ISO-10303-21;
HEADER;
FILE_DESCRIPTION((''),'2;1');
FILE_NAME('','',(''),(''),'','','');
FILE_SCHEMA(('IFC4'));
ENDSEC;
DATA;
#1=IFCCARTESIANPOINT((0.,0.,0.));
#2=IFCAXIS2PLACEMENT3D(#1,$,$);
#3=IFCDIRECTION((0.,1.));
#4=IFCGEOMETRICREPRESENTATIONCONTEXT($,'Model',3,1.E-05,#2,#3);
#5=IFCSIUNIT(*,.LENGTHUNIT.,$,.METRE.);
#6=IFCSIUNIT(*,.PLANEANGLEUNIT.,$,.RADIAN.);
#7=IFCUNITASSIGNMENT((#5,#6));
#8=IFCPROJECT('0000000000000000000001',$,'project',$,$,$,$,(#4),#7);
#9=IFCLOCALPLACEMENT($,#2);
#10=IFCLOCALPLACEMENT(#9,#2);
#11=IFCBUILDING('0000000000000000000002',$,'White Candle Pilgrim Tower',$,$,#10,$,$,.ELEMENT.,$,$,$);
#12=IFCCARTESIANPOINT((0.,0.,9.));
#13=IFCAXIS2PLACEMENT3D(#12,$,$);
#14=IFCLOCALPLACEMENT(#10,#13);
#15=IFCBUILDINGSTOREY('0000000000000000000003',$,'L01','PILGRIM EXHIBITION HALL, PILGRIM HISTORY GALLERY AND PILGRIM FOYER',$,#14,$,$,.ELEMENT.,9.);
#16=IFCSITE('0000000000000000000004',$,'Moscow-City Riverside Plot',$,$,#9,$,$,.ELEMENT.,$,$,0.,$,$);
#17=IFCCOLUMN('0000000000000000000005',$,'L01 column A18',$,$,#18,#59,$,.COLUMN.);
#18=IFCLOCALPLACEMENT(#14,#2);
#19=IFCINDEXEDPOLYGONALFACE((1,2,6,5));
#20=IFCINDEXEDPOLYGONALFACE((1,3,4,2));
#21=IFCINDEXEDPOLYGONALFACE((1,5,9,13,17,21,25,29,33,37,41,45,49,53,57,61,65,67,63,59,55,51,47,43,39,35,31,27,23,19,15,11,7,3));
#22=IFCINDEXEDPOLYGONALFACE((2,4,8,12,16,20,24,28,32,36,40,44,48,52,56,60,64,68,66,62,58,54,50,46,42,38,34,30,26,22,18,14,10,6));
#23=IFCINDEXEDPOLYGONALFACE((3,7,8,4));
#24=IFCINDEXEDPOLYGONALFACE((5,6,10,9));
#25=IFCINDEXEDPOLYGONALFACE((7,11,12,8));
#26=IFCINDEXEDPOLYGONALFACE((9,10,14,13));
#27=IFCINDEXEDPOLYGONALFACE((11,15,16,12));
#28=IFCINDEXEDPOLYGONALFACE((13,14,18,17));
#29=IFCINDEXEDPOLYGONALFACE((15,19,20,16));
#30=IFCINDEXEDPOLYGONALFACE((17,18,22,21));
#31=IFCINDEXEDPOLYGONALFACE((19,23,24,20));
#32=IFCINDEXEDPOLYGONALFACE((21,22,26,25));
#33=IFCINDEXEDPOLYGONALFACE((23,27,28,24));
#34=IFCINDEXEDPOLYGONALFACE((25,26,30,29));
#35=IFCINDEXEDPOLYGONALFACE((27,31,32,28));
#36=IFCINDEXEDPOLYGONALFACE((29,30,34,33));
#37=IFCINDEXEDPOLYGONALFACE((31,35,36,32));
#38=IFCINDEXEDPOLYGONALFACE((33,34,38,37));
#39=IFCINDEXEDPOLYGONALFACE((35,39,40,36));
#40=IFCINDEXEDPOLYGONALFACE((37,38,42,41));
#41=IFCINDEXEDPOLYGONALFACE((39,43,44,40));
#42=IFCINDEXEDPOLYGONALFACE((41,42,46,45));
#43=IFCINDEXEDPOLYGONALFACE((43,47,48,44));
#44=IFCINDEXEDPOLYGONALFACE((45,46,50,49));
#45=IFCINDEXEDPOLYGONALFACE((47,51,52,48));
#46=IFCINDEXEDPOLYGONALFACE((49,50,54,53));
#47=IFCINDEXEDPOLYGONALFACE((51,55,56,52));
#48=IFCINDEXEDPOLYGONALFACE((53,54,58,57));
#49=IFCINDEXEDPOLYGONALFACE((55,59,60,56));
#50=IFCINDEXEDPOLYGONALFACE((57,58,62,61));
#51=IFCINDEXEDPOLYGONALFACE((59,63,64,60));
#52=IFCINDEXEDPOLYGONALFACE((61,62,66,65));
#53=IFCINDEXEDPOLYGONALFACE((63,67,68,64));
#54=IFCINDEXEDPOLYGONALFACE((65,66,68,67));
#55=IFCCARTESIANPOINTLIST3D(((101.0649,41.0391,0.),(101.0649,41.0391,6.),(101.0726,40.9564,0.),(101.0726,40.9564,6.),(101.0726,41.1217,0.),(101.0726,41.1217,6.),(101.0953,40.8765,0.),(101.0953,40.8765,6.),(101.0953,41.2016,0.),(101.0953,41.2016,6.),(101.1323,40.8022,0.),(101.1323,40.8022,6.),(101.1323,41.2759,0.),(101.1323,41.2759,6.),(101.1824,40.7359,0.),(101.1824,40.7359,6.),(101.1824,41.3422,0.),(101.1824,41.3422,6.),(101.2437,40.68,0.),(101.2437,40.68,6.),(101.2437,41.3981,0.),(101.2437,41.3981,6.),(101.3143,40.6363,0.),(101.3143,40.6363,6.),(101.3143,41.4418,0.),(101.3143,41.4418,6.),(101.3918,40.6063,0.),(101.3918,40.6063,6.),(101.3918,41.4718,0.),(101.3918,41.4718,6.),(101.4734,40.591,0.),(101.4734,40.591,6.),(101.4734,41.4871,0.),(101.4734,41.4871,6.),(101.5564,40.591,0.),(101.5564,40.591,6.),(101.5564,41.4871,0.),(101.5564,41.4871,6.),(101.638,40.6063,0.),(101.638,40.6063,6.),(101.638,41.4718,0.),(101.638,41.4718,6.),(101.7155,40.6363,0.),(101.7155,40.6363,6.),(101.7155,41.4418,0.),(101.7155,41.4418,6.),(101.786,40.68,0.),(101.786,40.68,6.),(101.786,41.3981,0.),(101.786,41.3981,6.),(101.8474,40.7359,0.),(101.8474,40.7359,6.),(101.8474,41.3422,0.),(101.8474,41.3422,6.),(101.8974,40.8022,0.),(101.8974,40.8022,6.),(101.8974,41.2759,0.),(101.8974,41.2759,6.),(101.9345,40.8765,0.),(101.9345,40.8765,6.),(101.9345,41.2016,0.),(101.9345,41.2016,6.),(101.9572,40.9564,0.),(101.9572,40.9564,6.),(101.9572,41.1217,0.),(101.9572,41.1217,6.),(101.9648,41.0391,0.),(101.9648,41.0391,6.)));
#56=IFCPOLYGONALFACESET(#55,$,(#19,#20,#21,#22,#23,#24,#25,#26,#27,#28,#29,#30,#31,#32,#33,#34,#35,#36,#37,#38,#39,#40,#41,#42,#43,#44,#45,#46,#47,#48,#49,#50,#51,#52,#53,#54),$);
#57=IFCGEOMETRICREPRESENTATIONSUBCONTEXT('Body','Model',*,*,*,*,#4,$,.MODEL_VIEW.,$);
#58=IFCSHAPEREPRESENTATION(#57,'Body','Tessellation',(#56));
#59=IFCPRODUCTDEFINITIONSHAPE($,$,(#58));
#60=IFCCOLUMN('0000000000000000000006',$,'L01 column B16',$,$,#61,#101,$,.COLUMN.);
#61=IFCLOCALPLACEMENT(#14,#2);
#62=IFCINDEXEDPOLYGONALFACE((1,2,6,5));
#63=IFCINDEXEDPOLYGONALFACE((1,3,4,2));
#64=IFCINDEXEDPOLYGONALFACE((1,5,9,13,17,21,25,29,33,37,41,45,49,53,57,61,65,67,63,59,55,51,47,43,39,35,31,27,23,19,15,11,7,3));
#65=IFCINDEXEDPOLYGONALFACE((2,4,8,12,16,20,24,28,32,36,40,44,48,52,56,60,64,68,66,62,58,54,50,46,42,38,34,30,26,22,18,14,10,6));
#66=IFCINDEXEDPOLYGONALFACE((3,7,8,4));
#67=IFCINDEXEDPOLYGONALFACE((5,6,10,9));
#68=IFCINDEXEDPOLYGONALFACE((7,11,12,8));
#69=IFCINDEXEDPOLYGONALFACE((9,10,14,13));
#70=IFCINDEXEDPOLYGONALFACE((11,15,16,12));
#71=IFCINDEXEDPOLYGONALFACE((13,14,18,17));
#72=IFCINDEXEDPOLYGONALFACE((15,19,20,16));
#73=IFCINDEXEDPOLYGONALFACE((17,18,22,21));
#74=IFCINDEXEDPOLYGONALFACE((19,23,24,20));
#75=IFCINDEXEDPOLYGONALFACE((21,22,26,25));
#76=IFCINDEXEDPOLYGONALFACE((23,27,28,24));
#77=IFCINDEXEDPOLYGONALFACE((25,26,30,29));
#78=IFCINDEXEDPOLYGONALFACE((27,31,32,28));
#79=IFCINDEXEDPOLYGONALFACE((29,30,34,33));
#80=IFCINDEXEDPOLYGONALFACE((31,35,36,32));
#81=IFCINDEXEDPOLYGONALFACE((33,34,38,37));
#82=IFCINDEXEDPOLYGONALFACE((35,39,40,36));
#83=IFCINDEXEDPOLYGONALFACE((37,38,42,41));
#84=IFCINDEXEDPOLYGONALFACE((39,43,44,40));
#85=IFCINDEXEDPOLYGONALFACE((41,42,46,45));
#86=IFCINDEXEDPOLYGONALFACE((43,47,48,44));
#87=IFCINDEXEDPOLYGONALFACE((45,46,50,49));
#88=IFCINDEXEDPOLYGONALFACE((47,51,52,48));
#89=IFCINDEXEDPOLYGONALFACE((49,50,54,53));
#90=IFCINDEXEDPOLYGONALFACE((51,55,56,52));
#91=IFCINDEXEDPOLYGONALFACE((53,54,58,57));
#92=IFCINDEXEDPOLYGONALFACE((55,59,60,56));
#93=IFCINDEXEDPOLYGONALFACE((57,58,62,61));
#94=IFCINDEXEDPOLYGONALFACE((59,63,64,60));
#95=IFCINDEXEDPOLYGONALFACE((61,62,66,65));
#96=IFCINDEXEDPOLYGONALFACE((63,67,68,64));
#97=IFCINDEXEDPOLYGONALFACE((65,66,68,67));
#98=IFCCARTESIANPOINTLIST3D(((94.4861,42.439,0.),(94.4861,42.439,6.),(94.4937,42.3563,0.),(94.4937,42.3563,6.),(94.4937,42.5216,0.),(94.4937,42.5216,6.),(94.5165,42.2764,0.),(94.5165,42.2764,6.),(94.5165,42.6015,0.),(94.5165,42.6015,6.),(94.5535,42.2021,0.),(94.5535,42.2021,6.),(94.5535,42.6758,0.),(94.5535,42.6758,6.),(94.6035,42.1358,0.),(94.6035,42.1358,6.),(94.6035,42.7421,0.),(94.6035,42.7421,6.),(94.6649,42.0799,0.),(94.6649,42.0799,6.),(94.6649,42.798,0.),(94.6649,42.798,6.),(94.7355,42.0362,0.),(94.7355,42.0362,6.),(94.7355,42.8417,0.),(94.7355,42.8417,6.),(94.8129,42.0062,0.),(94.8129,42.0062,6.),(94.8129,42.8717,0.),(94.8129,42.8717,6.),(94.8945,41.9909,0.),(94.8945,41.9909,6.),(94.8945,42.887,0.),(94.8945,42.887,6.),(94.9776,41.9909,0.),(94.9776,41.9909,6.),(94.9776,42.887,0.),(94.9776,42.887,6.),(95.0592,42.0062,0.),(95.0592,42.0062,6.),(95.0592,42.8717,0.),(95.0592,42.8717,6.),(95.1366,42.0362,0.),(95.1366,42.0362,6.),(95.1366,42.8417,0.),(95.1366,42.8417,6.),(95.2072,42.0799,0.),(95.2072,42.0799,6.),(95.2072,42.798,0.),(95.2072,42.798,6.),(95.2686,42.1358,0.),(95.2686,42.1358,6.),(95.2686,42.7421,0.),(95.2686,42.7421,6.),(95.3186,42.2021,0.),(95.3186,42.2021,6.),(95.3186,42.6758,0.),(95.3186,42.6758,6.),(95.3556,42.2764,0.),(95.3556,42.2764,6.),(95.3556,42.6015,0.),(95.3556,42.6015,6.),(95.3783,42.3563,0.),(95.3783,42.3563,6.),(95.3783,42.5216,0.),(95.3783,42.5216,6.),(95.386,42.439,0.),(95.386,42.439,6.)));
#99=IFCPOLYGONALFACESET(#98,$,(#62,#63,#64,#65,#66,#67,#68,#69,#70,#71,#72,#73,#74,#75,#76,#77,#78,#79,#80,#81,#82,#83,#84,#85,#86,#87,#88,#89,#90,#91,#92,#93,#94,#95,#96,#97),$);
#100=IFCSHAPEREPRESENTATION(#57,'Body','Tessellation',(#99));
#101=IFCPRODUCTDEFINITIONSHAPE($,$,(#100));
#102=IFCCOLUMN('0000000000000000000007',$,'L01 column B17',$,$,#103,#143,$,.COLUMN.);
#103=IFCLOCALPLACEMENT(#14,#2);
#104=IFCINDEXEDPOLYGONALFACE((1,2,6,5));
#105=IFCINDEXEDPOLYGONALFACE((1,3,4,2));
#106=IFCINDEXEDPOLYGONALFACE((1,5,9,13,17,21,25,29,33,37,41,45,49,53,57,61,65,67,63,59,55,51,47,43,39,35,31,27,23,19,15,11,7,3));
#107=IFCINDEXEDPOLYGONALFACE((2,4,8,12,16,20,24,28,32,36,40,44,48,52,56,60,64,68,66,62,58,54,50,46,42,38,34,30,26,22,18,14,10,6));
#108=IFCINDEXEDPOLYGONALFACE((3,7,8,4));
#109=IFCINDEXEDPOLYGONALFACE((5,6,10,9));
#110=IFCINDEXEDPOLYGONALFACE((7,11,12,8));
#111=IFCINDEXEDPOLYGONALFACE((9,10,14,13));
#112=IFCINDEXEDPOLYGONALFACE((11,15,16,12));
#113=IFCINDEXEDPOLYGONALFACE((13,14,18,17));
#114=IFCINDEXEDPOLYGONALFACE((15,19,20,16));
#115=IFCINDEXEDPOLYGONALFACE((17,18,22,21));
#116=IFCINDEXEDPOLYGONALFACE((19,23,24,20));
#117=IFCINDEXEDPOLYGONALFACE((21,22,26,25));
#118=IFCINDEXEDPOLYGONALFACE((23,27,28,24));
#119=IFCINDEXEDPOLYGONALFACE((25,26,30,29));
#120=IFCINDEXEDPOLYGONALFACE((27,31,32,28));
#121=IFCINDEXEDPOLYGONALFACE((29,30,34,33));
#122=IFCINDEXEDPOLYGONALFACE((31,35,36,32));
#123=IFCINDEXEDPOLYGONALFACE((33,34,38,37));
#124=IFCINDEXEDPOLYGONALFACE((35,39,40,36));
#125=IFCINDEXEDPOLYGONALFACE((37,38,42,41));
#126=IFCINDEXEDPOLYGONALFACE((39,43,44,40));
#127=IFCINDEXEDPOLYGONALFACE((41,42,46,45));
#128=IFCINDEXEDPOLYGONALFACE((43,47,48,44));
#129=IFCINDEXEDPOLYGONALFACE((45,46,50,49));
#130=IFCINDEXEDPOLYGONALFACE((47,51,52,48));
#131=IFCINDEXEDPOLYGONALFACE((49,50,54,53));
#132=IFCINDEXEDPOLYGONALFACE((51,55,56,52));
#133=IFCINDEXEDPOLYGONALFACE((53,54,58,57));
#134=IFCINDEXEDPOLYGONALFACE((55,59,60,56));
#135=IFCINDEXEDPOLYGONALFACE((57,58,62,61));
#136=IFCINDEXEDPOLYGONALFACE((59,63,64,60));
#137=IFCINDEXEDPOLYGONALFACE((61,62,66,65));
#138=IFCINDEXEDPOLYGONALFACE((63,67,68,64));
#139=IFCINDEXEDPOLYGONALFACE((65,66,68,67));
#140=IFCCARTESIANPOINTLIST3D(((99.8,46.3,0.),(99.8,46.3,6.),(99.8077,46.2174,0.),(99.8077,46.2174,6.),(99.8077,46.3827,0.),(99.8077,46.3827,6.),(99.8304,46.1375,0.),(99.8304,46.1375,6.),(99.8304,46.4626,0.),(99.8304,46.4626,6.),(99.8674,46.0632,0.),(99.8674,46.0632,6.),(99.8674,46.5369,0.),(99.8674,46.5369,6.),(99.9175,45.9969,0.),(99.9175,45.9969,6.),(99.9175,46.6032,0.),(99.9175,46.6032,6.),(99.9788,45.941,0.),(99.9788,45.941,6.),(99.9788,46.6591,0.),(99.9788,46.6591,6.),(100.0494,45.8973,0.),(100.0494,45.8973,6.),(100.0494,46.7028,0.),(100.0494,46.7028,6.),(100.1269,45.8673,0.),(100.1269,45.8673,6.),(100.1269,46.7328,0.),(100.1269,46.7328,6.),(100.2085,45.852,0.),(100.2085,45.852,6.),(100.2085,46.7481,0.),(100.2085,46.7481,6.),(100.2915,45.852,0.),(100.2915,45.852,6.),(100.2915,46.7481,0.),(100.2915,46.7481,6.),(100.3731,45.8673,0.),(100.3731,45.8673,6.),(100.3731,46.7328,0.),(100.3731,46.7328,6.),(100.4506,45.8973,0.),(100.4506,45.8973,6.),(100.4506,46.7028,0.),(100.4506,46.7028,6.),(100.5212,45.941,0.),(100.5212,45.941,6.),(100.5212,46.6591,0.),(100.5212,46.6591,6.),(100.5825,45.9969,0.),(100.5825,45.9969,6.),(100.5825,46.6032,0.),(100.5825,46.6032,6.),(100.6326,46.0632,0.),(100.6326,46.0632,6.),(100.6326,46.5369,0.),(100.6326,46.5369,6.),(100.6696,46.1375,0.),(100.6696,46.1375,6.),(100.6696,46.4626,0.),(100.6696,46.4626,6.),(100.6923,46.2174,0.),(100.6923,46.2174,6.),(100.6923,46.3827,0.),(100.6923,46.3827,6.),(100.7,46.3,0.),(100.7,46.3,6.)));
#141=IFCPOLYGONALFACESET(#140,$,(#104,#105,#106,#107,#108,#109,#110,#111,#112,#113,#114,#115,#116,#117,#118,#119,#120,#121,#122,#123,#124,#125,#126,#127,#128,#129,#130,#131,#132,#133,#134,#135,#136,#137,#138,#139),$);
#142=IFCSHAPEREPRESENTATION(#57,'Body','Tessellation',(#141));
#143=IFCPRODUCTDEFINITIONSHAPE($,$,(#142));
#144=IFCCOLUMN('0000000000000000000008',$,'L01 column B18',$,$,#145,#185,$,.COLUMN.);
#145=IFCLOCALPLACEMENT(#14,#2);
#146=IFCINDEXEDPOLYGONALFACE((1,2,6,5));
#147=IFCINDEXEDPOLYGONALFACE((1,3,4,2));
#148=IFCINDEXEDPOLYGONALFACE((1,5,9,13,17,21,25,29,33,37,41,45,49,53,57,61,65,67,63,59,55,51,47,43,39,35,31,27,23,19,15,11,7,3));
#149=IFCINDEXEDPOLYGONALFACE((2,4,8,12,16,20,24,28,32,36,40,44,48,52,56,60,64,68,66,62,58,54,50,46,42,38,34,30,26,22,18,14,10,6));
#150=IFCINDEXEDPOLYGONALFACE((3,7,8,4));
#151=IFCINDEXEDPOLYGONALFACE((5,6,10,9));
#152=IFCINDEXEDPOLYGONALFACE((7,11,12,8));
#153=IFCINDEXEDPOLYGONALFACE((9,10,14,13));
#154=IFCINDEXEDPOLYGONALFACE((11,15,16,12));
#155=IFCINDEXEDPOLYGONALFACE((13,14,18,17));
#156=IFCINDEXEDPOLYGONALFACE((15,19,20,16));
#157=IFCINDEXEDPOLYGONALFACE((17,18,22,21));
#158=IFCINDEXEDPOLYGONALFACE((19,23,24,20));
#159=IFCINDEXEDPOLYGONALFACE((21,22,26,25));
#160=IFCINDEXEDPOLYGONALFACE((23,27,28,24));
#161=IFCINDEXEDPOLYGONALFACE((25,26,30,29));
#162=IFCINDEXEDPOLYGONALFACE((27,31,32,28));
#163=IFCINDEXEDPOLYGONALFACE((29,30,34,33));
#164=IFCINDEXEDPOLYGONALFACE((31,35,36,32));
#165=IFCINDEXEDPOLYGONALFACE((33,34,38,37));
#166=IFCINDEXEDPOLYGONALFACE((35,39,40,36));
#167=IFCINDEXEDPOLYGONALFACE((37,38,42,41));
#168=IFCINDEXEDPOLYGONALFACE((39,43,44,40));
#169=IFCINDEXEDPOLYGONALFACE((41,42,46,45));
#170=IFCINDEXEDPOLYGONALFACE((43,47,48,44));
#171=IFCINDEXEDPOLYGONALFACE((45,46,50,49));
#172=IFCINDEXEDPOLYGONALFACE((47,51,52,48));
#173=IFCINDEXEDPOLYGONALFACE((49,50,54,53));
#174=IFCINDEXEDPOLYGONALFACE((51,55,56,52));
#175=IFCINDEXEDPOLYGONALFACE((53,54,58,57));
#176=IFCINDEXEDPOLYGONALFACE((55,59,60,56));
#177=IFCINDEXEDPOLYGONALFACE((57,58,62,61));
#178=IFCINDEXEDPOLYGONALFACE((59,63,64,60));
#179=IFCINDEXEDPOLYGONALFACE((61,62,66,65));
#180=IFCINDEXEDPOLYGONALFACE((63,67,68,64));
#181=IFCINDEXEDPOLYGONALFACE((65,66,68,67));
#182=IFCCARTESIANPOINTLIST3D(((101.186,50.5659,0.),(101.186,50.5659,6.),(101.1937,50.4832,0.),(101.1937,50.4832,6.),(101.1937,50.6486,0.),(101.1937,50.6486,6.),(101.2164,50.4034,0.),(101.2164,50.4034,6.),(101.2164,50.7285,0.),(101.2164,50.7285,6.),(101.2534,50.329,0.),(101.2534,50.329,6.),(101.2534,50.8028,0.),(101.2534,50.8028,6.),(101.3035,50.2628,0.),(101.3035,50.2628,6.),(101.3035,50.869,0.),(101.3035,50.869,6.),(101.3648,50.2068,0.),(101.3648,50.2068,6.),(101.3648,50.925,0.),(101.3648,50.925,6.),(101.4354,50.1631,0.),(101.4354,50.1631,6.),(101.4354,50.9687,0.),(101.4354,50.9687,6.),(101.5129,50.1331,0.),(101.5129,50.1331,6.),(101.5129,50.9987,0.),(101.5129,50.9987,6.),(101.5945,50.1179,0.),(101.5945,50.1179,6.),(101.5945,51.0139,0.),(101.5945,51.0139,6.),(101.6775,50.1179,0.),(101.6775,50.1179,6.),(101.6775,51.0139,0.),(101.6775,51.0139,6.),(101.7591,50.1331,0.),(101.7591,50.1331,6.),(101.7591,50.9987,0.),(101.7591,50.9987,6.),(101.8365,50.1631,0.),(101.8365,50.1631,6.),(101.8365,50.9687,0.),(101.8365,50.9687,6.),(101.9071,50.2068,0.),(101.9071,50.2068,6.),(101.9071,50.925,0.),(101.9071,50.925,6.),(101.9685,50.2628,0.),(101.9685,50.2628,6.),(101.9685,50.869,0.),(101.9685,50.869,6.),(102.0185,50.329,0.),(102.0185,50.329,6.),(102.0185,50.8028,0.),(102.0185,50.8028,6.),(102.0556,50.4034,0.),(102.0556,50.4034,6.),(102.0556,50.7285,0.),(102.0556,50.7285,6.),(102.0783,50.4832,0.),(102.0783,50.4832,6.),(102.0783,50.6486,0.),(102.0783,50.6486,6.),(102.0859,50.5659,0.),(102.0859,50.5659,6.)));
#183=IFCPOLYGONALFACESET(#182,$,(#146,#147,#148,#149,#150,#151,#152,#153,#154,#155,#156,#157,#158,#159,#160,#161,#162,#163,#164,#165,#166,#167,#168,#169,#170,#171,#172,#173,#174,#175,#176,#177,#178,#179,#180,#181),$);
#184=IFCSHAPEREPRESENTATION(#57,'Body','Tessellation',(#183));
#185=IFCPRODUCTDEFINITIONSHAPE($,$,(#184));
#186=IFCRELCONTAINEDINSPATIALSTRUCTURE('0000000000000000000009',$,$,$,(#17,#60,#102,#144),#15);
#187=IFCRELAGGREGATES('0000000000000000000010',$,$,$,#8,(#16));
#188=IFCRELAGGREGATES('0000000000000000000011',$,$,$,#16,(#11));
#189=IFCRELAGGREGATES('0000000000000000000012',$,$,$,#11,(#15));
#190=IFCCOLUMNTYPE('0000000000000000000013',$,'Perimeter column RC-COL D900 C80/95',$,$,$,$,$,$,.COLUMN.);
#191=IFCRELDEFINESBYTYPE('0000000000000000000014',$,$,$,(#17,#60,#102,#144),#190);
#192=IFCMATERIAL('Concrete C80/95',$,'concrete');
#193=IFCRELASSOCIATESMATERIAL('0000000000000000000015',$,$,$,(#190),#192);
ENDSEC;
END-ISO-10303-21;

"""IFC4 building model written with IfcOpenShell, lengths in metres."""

from ifc_helpers import new_model, si_unit, direction, frame, origin, origin_2d, place, context, subcontext, project, spatial, circle, extrude, material, material_profile, profile_set, type_object, element, save


model = new_model("IFC4")

# Units and contexts
model_context = context("Model", 3, precision=1e-05, world=origin(), true_north=direction((0.0, 1.0)))
body_context = subcontext(model_context, "Body", "Model", "MODEL_VIEW")
ifc_project = project(units=[si_unit("LENGTHUNIT", "METRE"), si_unit("PLANEANGLEUNIT", "RADIAN")], contexts=[model_context])

# Site, building, storey
site_placement = place(None, origin())
site = spatial("IfcSite", under=ifc_project, at=site_placement, Name="Moscow-City Riverside Plot", CompositionType="ELEMENT", RefElevation=0.0)
building_placement = place(site_placement, origin())
building = spatial("IfcBuilding", under=site, at=building_placement, Name="White Candle Pilgrim Tower", CompositionType="ELEMENT")
storey_placement = place(building_placement, frame((0.0, 0.0, 9.0)))
storey = spatial("IfcBuildingStorey", under=building, at=storey_placement, Name="L01", Description="PILGRIM EXHIBITION HALL, PILGRIM HISTORY GALLERY AND PILGRIM FOYER", CompositionType="ELEMENT", Elevation=9.0)

# Columns
ifc_material_1 = material(Name="Concrete C80/95", Category="concrete")
ifc_material_profile_1 = material_profile(ifc_material_1, circle(Radius=0.45, at=origin_2d()), Name="RC-COL D900")
ifc_profile_set_1 = profile_set([ifc_material_profile_1], Name="Concrete C80/95")
column_type = type_object("IfcColumnType", Name="Perimeter column RC-COL D900 C80/95", PredefinedType="COLUMN", material=ifc_profile_set_1)
for number, where, z_axis, x_axis, name in (
    (1, (101.5149, 41.0391, 0.0), (0.0, 0.0, 1.0), (1.0, 0.0, 0.0), "L01 column A18"),
    (2, (94.936, 42.439, 0.0), (0.0, 0.0, 1.0), (1.0, 0.0, 0.0), "L01 column B16"),
    (3, (100.25, 46.3, 0.0), (0.0, 0.0, 1.0), (1.0, 0.0, 0.0), "L01 column B17"),
    (4, (101.636, 50.5659, 0.0), (0.0, 0.0, 1.0), (1.0, 0.0, 0.0), "L01 column B18"),
):
    element("IfcColumn", number, at=place(storey_placement, frame(where, z_axis=z_axis, x_axis=x_axis)), inside=storey, type_object=column_type, Name=name, PredefinedType="COLUMN", context=body_context, shape_type="SweptSolid", body=[
        extrude(circle(Radius=0.45, at=origin_2d()), origin(), (0.0, 0.0, 1.0), 6.0),
    ])

save(model, "model.ifc")
